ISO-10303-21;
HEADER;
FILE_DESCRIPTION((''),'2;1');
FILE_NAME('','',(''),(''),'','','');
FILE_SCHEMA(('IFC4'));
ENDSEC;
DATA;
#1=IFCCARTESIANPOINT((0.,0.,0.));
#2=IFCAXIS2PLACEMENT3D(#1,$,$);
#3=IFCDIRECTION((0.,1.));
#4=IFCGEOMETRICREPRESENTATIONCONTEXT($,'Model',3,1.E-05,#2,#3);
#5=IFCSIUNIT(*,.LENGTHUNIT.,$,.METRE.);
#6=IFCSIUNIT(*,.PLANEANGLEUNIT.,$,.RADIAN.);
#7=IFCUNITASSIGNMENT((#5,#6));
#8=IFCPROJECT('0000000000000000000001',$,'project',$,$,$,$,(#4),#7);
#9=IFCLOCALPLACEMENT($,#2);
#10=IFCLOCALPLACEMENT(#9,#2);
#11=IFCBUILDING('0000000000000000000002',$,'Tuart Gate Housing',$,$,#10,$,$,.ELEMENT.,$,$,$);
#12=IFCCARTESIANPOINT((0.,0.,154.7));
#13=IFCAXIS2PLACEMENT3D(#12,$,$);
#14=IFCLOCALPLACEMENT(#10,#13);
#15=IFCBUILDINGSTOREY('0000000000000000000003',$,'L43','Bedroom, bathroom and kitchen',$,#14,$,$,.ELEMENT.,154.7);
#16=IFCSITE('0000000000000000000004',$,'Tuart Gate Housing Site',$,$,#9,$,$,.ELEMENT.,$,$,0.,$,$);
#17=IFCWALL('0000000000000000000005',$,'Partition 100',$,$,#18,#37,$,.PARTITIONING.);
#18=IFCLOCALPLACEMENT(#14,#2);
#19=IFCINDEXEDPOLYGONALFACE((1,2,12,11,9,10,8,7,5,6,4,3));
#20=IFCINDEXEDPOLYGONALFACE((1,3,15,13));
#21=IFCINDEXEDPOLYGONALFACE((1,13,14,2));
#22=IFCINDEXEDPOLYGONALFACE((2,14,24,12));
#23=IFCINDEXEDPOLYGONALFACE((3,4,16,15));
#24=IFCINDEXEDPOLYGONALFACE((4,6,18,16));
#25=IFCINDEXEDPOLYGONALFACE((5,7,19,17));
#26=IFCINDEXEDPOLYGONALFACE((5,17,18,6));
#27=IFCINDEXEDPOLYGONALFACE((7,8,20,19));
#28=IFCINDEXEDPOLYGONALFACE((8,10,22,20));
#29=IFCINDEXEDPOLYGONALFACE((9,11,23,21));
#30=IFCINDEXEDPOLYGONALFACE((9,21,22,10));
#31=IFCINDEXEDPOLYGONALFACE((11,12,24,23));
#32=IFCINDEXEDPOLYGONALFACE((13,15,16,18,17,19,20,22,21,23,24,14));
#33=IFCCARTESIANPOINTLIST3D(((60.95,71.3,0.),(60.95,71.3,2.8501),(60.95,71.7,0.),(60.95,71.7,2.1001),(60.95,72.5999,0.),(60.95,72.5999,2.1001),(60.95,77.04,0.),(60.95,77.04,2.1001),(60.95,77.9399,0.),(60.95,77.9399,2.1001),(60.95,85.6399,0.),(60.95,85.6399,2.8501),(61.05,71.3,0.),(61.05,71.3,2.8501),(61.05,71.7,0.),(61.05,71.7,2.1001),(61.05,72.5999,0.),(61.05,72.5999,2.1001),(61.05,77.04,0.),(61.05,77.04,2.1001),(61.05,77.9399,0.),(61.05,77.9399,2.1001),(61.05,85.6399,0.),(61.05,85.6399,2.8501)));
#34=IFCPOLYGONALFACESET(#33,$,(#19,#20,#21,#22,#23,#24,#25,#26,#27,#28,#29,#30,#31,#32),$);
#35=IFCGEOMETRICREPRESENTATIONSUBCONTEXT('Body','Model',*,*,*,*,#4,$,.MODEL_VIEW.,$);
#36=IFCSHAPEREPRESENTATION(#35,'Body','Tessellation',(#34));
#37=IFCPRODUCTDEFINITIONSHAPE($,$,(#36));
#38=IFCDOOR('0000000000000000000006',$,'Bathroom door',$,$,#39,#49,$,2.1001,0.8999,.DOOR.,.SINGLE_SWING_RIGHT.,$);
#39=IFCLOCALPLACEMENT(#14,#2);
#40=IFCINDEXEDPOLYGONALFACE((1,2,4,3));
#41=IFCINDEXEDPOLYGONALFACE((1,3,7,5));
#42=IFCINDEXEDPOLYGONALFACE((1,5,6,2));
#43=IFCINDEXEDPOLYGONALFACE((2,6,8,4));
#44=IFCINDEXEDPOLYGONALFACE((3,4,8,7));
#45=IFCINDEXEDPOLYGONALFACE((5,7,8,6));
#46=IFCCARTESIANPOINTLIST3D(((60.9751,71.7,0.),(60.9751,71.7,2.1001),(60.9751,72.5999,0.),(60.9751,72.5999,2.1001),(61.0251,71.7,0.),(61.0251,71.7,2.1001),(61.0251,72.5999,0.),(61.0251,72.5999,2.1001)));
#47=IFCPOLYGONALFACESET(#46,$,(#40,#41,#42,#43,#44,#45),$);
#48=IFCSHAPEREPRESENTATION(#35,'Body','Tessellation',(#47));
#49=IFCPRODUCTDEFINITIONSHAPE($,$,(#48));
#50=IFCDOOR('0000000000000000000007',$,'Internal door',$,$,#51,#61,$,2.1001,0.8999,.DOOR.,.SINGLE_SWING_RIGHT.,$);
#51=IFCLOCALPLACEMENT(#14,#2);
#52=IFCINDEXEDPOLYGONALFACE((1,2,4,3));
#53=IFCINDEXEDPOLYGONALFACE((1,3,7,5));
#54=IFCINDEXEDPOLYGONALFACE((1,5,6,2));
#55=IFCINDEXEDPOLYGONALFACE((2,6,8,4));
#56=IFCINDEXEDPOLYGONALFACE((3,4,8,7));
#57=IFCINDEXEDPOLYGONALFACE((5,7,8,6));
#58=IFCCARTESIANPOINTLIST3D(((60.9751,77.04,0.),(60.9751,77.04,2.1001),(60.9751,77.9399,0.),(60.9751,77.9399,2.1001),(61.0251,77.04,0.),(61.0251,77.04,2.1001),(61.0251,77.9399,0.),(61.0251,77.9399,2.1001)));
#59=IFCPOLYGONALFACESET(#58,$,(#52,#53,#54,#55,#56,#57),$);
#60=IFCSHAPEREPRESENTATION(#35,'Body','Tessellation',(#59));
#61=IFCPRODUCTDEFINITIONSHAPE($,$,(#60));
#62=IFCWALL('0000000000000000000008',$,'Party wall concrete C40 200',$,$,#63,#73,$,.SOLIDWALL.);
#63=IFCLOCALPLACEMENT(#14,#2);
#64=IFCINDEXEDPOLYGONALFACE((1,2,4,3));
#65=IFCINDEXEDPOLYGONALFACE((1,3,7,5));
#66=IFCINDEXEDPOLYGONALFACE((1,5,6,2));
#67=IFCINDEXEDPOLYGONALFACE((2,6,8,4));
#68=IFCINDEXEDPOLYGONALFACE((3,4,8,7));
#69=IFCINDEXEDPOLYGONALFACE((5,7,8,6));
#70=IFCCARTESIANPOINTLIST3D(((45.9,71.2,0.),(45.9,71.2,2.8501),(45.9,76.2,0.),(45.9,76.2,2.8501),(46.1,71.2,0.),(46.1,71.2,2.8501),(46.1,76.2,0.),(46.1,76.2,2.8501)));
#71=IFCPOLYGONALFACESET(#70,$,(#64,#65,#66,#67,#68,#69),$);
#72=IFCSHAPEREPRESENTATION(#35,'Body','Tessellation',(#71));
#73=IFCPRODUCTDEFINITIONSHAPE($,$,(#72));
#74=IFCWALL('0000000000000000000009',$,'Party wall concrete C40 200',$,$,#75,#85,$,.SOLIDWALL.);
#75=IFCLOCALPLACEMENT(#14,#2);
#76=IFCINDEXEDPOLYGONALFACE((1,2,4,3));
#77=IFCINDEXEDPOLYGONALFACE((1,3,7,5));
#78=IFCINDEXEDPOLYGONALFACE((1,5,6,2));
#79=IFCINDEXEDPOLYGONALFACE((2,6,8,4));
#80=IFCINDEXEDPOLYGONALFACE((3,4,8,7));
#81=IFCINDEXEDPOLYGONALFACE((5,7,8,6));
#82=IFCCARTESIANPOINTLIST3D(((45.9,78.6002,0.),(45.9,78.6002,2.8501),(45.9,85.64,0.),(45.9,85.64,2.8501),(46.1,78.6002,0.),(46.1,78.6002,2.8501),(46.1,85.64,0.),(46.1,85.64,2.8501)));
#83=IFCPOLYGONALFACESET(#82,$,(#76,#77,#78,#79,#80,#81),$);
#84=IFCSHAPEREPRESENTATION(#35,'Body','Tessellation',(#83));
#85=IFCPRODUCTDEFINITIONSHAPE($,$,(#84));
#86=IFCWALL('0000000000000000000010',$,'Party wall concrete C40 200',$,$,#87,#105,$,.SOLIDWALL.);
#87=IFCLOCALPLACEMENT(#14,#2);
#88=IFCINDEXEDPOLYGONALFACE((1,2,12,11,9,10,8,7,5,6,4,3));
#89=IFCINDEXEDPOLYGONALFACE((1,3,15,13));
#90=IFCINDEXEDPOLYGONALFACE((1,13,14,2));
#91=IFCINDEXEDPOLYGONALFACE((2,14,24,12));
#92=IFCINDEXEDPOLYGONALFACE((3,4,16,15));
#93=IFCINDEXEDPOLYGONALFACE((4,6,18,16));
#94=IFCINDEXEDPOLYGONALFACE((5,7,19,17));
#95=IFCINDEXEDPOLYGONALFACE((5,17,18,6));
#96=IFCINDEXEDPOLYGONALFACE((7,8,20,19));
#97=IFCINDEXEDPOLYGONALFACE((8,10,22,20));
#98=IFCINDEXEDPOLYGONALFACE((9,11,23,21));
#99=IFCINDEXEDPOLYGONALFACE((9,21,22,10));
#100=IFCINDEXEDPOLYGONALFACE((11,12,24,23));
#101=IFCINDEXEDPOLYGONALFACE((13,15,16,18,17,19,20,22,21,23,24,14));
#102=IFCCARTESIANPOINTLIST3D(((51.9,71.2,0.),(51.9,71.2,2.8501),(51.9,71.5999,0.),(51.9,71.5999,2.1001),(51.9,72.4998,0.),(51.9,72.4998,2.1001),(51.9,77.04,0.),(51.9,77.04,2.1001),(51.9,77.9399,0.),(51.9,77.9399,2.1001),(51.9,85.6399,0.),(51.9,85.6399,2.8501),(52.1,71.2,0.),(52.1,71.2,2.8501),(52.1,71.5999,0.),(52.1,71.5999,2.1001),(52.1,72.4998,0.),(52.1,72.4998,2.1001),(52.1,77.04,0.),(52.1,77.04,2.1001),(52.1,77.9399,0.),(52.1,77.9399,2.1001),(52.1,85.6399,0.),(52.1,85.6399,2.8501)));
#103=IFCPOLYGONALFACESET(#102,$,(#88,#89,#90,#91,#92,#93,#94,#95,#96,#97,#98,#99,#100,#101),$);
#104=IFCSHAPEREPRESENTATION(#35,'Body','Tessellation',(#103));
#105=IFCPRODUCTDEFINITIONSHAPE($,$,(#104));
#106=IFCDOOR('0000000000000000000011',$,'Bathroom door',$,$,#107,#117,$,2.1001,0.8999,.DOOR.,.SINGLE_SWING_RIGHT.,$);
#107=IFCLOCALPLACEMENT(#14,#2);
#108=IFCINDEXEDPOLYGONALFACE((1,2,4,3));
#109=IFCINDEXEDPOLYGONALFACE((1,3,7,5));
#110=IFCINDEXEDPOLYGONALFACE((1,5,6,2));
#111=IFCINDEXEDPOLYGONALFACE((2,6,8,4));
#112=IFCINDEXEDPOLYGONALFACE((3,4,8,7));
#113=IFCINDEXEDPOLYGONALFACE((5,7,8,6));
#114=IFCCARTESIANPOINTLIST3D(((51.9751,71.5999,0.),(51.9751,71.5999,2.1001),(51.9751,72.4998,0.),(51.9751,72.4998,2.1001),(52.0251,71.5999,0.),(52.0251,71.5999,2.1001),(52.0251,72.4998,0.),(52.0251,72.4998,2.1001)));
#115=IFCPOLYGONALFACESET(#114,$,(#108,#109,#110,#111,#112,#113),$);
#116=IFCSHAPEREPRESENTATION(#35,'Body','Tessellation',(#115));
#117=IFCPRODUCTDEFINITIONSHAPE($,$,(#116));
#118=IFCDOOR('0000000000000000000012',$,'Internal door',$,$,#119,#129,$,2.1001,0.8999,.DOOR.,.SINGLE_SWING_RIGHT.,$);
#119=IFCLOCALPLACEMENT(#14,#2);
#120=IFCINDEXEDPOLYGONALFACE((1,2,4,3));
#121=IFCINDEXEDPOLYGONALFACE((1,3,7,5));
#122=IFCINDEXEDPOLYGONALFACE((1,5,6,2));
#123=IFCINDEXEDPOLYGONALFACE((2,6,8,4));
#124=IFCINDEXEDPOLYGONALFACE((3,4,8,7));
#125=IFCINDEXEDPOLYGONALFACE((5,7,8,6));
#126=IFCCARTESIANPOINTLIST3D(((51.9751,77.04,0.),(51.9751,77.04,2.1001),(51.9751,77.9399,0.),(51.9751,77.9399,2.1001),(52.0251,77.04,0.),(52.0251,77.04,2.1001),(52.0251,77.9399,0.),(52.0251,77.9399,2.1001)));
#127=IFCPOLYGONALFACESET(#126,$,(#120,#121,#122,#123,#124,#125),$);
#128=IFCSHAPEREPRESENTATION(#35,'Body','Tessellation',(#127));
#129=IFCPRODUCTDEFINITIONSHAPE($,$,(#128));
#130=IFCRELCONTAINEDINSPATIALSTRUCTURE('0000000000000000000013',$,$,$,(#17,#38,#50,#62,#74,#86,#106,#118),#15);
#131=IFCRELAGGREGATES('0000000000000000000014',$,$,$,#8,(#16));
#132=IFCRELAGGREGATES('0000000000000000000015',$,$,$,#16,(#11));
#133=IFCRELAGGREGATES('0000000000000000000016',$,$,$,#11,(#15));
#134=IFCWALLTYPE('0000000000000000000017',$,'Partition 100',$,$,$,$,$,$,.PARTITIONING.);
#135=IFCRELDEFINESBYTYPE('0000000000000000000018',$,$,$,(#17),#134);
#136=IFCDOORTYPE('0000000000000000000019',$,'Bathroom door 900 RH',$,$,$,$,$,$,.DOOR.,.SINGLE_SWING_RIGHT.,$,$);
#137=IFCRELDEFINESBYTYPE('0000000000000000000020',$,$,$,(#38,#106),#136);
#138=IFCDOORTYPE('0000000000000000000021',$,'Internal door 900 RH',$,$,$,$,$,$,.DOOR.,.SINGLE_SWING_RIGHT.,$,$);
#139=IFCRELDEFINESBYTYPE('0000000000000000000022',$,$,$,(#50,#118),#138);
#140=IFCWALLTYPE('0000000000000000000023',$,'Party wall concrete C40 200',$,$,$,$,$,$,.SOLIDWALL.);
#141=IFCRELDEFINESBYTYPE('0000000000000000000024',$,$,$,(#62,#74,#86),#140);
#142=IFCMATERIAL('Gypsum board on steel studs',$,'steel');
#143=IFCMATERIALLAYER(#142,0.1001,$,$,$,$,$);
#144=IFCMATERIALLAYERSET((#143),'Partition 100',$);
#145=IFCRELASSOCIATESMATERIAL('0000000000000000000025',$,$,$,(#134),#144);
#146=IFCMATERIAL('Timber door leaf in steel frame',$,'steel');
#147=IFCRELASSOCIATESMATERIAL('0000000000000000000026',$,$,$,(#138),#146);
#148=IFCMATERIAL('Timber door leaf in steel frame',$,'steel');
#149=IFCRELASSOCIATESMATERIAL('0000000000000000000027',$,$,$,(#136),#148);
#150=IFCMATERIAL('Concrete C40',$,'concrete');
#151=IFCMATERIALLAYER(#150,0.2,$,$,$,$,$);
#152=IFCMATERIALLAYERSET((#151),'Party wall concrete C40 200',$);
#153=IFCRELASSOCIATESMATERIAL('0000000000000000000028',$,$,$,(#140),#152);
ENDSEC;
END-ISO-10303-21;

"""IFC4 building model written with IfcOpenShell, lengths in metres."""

from ifc_helpers import new_model, si_unit, direction, frame, frame_2d, origin, place, context, subcontext, project, spatial, rectangle, extrude, material, layer, layer_set, type_object, element, fill, save


model = new_model("IFC4")

# Units and contexts
model_context = context("Model", 3, precision=1e-05, world=origin(), true_north=direction((0.0, 1.0)))
body_context = subcontext(model_context, "Body", "Model", "MODEL_VIEW")
ifc_project = project(units=[si_unit("LENGTHUNIT", "METRE"), si_unit("PLANEANGLEUNIT", "RADIAN")], contexts=[model_context])

# Site, building, storey
site_placement = place(None, origin())
site = spatial("IfcSite", under=ifc_project, at=site_placement, Name="Tuart Gate Housing Site", CompositionType="ELEMENT", RefElevation=0.0)
building_placement = place(site_placement, origin())
building = spatial("IfcBuilding", under=site, at=building_placement, Name="Tuart Gate Housing", CompositionType="ELEMENT")
storey_placement = place(building_placement, frame((0.0, 0.0, 154.7)))
storey = spatial("IfcBuildingStorey", under=building, at=storey_placement, Name="L43", Description="Bedroom, bathroom and kitchen", CompositionType="ELEMENT", Elevation=154.7)

# Shared definitions
ifc_material_1 = material(Name="Gypsum board on steel studs", Category="steel")
ifc_layer_1 = layer(ifc_material_1, 0.1001)
ifc_layer_set_1 = layer_set([ifc_layer_1], Name="Partition 100")
wall_type_1 = type_object("IfcWallType", Name="Partition 100", PredefinedType="PARTITIONING", material=ifc_layer_set_1)

# Shared definitions
ifc_material_2 = material(Name="Timber door leaf in steel frame", Category="steel")
door_type_1 = type_object("IfcDoorType", Name="Internal door 900 RH", OperationType="SINGLE_SWING_RIGHT", PredefinedType="DOOR", material=ifc_material_2)

# Wall, openings, doors
wall_1_placement = place(storey_placement, frame((61.0, 71.3, 0.0), z_axis=(0.0, 0.0, 1.0), x_axis=(0.0, 1.0, 0.0)))
wall_1 = element("IfcWall", 1, at=wall_1_placement, inside=storey, type_object=wall_type_1, Name="Partition 100", PredefinedType="PARTITIONING", context=body_context, shape_type="SweptSolid", body=[
    extrude(rectangle(XDim=14.3398, YDim=0.1001, at=frame_2d((7.1699, 0.0))), origin(), (0.0, 0.0, 1.0), 2.8501),
])
opening_1_placement = place(wall_1_placement, frame((5.74, 0.0, 0.0)))
opening_1 = element("IfcOpeningElement", 2, at=opening_1_placement, cuts=wall_1, PredefinedType="OPENING", context=body_context, shape_type="SweptSolid", body=[
    extrude(rectangle(XDim=0.8999, YDim=2.1001, at=frame_2d((0.45, 1.05))), frame((0.0, 0.0601, 0.0), z_axis=(0.0, -1.0, 0.0), x_axis=(1.0, 0.0, 0.0)), (0.0, 0.0, 1.0), 0.1201),
])
opening_2_placement = place(wall_1_placement, frame((0.3999, 0.0, 0.0)))
opening_2 = element("IfcOpeningElement", 3, at=opening_2_placement, cuts=wall_1, PredefinedType="OPENING", context=body_context, shape_type="SweptSolid", body=[
    extrude(rectangle(XDim=0.8999, YDim=2.1001, at=frame_2d((0.45, 1.05))), frame((0.0, 0.0601, 0.0), z_axis=(0.0, -1.0, 0.0), x_axis=(1.0, 0.0, 0.0)), (0.0, 0.0, 1.0), 0.1201),
])
ifc_material_3 = material(Name="Timber door leaf in steel frame", Category="steel")
door_type_2 = type_object("IfcDoorType", Name="Bathroom door 900 RH", OperationType="SINGLE_SWING_RIGHT", PredefinedType="DOOR", material=ifc_material_3)
door_1_placement = place(opening_2_placement, frame((0.8999, 0.0, 0.0), z_axis=(0.0, 0.0, 1.0), x_axis=(-1.0, 0.0, 0.0)))
door_1 = element("IfcDoor", 4, at=door_1_placement, inside=storey, type_object=door_type_2, Name="Bathroom door", OperationType="SINGLE_SWING_RIGHT", OverallHeight=2.1001, OverallWidth=0.8999, PredefinedType="DOOR", context=body_context, shape_type="SweptSolid", body=[
    extrude(rectangle(XDim=0.8999, YDim=2.1001, at=frame_2d((0.45, 1.05))), frame((0.0, 0.0251, 0.0), z_axis=(0.0, -1.0, 0.0), x_axis=(1.0, 0.0, 0.0)), (0.0, 0.0, 1.0), 0.05),
])
fill(opening_2, door_1)
door_2_placement = place(opening_1_placement, frame((0.8999, 0.0, 0.0), z_axis=(0.0, 0.0, 1.0), x_axis=(-1.0, 0.0, 0.0)))
door_2 = element("IfcDoor", 5, at=door_2_placement, inside=storey, type_object=door_type_1, Name="Internal door", OperationType="SINGLE_SWING_RIGHT", OverallHeight=2.1001, OverallWidth=0.8999, PredefinedType="DOOR", context=body_context, shape_type="SweptSolid", body=[
    extrude(rectangle(XDim=0.8999, YDim=2.1001, at=frame_2d((0.45, 1.05))), frame((0.0, 0.0251, 0.0), z_axis=(0.0, -1.0, 0.0), x_axis=(1.0, 0.0, 0.0)), (0.0, 0.0, 1.0), 0.05),
])
fill(opening_1, door_2)

# Walls
ifc_material_4 = material(Name="Concrete C40", Category="concrete")
ifc_layer_2 = layer(ifc_material_4, 0.2)
ifc_layer_set_2 = layer_set([ifc_layer_2], Name="Party wall concrete C40 200")
wall_type_2 = type_object("IfcWallType", Name="Party wall concrete C40 200", PredefinedType="SOLIDWALL", material=ifc_layer_set_2)
wall_2_placement = place(storey_placement, frame((46.0, 71.2, 0.0), z_axis=(0.0, 0.0, 1.0), x_axis=(0.0, 1.0, 0.0)))
element("IfcWall", 6, at=wall_2_placement, inside=storey, type_object=wall_type_2, Name="Party wall concrete C40 200", PredefinedType="SOLIDWALL", context=body_context, shape_type="SweptSolid", body=[
    extrude(rectangle(XDim=5.0, YDim=0.2, at=frame_2d((2.5, 0.0))), origin(), (0.0, 0.0, 1.0), 2.8501),
])
wall_3_placement = place(storey_placement, frame((46.0, 78.6001, 0.0), z_axis=(0.0, 0.0, 1.0), x_axis=(0.0, 1.0, 0.0)))
element("IfcWall", 7, at=wall_3_placement, inside=storey, type_object=wall_type_2, Name="Party wall concrete C40 200", PredefinedType="SOLIDWALL", context=body_context, shape_type="SweptSolid", body=[
    extrude(rectangle(XDim=7.0398, YDim=0.2, at=frame_2d((3.52, 0.0))), origin(), (0.0, 0.0, 1.0), 2.8501),
])

# Wall, openings, doors
wall_4_placement = place(storey_placement, frame((52.0, 71.2, 0.0), z_axis=(0.0, 0.0, 1.0), x_axis=(0.0, 1.0, 0.0)))
wall_4 = element("IfcWall", 8, at=wall_4_placement, inside=storey, type_object=wall_type_2, Name="Party wall concrete C40 200", PredefinedType="SOLIDWALL", context=body_context, shape_type="SweptSolid", body=[
    extrude(rectangle(XDim=14.4399, YDim=0.2, at=frame_2d((7.22, 0.0))), origin(), (0.0, 0.0, 1.0), 2.8501),
])
opening_3_placement = place(wall_4_placement, frame((5.8401, 0.0, 0.0)))
opening_3 = element("IfcOpeningElement", 9, at=opening_3_placement, cuts=wall_4, PredefinedType="OPENING", context=body_context, shape_type="SweptSolid", body=[
    extrude(rectangle(XDim=0.8999, YDim=2.1001, at=frame_2d((0.45, 1.05))), frame((0.0, 0.1099, 0.0), z_axis=(0.0, -1.0, 0.0), x_axis=(1.0, 0.0, 0.0)), (0.0, 0.0, 1.0), 0.22),
])
opening_4_placement = place(wall_4_placement, frame((0.3999, 0.0, 0.0)))
opening_4 = element("IfcOpeningElement", 10, at=opening_4_placement, cuts=wall_4, PredefinedType="OPENING", context=body_context, shape_type="SweptSolid", body=[
    extrude(rectangle(XDim=0.8999, YDim=2.1001, at=frame_2d((0.45, 1.05))), frame((0.0, 0.1099, 0.0), z_axis=(0.0, -1.0, 0.0), x_axis=(1.0, 0.0, 0.0)), (0.0, 0.0, 1.0), 0.22),
])
door_3_placement = place(opening_4_placement, frame((0.8999, 0.0, 0.0), z_axis=(0.0, 0.0, 1.0), x_axis=(-1.0, 0.0, 0.0)))
door_3 = element("IfcDoor", 11, at=door_3_placement, inside=storey, type_object=door_type_2, Name="Bathroom door", OperationType="SINGLE_SWING_RIGHT", OverallHeight=2.1001, OverallWidth=0.8999, PredefinedType="DOOR", context=body_context, shape_type="SweptSolid", body=[
    extrude(rectangle(XDim=0.8999, YDim=2.1001, at=frame_2d((0.45, 1.05))), frame((0.0, 0.0251, 0.0), z_axis=(0.0, -1.0, 0.0), x_axis=(1.0, 0.0, 0.0)), (0.0, 0.0, 1.0), 0.05),
])
fill(opening_4, door_3)
door_4_placement = place(opening_3_placement, frame((0.8999, 0.0, 0.0), z_axis=(0.0, 0.0, 1.0), x_axis=(-1.0, 0.0, 0.0)))
door_4 = element("IfcDoor", 12, at=door_4_placement, inside=storey, type_object=door_type_1, Name="Internal door", OperationType="SINGLE_SWING_RIGHT", OverallHeight=2.1001, OverallWidth=0.8999, PredefinedType="DOOR", context=body_context, shape_type="SweptSolid", body=[
    extrude(rectangle(XDim=0.8999, YDim=2.1001, at=frame_2d((0.45, 1.05))), frame((0.0, 0.0251, 0.0), z_axis=(0.0, -1.0, 0.0), x_axis=(1.0, 0.0, 0.0)), (0.0, 0.0, 1.0), 0.05),
])
fill(opening_3, door_4)

save(model, "model.ifc")
